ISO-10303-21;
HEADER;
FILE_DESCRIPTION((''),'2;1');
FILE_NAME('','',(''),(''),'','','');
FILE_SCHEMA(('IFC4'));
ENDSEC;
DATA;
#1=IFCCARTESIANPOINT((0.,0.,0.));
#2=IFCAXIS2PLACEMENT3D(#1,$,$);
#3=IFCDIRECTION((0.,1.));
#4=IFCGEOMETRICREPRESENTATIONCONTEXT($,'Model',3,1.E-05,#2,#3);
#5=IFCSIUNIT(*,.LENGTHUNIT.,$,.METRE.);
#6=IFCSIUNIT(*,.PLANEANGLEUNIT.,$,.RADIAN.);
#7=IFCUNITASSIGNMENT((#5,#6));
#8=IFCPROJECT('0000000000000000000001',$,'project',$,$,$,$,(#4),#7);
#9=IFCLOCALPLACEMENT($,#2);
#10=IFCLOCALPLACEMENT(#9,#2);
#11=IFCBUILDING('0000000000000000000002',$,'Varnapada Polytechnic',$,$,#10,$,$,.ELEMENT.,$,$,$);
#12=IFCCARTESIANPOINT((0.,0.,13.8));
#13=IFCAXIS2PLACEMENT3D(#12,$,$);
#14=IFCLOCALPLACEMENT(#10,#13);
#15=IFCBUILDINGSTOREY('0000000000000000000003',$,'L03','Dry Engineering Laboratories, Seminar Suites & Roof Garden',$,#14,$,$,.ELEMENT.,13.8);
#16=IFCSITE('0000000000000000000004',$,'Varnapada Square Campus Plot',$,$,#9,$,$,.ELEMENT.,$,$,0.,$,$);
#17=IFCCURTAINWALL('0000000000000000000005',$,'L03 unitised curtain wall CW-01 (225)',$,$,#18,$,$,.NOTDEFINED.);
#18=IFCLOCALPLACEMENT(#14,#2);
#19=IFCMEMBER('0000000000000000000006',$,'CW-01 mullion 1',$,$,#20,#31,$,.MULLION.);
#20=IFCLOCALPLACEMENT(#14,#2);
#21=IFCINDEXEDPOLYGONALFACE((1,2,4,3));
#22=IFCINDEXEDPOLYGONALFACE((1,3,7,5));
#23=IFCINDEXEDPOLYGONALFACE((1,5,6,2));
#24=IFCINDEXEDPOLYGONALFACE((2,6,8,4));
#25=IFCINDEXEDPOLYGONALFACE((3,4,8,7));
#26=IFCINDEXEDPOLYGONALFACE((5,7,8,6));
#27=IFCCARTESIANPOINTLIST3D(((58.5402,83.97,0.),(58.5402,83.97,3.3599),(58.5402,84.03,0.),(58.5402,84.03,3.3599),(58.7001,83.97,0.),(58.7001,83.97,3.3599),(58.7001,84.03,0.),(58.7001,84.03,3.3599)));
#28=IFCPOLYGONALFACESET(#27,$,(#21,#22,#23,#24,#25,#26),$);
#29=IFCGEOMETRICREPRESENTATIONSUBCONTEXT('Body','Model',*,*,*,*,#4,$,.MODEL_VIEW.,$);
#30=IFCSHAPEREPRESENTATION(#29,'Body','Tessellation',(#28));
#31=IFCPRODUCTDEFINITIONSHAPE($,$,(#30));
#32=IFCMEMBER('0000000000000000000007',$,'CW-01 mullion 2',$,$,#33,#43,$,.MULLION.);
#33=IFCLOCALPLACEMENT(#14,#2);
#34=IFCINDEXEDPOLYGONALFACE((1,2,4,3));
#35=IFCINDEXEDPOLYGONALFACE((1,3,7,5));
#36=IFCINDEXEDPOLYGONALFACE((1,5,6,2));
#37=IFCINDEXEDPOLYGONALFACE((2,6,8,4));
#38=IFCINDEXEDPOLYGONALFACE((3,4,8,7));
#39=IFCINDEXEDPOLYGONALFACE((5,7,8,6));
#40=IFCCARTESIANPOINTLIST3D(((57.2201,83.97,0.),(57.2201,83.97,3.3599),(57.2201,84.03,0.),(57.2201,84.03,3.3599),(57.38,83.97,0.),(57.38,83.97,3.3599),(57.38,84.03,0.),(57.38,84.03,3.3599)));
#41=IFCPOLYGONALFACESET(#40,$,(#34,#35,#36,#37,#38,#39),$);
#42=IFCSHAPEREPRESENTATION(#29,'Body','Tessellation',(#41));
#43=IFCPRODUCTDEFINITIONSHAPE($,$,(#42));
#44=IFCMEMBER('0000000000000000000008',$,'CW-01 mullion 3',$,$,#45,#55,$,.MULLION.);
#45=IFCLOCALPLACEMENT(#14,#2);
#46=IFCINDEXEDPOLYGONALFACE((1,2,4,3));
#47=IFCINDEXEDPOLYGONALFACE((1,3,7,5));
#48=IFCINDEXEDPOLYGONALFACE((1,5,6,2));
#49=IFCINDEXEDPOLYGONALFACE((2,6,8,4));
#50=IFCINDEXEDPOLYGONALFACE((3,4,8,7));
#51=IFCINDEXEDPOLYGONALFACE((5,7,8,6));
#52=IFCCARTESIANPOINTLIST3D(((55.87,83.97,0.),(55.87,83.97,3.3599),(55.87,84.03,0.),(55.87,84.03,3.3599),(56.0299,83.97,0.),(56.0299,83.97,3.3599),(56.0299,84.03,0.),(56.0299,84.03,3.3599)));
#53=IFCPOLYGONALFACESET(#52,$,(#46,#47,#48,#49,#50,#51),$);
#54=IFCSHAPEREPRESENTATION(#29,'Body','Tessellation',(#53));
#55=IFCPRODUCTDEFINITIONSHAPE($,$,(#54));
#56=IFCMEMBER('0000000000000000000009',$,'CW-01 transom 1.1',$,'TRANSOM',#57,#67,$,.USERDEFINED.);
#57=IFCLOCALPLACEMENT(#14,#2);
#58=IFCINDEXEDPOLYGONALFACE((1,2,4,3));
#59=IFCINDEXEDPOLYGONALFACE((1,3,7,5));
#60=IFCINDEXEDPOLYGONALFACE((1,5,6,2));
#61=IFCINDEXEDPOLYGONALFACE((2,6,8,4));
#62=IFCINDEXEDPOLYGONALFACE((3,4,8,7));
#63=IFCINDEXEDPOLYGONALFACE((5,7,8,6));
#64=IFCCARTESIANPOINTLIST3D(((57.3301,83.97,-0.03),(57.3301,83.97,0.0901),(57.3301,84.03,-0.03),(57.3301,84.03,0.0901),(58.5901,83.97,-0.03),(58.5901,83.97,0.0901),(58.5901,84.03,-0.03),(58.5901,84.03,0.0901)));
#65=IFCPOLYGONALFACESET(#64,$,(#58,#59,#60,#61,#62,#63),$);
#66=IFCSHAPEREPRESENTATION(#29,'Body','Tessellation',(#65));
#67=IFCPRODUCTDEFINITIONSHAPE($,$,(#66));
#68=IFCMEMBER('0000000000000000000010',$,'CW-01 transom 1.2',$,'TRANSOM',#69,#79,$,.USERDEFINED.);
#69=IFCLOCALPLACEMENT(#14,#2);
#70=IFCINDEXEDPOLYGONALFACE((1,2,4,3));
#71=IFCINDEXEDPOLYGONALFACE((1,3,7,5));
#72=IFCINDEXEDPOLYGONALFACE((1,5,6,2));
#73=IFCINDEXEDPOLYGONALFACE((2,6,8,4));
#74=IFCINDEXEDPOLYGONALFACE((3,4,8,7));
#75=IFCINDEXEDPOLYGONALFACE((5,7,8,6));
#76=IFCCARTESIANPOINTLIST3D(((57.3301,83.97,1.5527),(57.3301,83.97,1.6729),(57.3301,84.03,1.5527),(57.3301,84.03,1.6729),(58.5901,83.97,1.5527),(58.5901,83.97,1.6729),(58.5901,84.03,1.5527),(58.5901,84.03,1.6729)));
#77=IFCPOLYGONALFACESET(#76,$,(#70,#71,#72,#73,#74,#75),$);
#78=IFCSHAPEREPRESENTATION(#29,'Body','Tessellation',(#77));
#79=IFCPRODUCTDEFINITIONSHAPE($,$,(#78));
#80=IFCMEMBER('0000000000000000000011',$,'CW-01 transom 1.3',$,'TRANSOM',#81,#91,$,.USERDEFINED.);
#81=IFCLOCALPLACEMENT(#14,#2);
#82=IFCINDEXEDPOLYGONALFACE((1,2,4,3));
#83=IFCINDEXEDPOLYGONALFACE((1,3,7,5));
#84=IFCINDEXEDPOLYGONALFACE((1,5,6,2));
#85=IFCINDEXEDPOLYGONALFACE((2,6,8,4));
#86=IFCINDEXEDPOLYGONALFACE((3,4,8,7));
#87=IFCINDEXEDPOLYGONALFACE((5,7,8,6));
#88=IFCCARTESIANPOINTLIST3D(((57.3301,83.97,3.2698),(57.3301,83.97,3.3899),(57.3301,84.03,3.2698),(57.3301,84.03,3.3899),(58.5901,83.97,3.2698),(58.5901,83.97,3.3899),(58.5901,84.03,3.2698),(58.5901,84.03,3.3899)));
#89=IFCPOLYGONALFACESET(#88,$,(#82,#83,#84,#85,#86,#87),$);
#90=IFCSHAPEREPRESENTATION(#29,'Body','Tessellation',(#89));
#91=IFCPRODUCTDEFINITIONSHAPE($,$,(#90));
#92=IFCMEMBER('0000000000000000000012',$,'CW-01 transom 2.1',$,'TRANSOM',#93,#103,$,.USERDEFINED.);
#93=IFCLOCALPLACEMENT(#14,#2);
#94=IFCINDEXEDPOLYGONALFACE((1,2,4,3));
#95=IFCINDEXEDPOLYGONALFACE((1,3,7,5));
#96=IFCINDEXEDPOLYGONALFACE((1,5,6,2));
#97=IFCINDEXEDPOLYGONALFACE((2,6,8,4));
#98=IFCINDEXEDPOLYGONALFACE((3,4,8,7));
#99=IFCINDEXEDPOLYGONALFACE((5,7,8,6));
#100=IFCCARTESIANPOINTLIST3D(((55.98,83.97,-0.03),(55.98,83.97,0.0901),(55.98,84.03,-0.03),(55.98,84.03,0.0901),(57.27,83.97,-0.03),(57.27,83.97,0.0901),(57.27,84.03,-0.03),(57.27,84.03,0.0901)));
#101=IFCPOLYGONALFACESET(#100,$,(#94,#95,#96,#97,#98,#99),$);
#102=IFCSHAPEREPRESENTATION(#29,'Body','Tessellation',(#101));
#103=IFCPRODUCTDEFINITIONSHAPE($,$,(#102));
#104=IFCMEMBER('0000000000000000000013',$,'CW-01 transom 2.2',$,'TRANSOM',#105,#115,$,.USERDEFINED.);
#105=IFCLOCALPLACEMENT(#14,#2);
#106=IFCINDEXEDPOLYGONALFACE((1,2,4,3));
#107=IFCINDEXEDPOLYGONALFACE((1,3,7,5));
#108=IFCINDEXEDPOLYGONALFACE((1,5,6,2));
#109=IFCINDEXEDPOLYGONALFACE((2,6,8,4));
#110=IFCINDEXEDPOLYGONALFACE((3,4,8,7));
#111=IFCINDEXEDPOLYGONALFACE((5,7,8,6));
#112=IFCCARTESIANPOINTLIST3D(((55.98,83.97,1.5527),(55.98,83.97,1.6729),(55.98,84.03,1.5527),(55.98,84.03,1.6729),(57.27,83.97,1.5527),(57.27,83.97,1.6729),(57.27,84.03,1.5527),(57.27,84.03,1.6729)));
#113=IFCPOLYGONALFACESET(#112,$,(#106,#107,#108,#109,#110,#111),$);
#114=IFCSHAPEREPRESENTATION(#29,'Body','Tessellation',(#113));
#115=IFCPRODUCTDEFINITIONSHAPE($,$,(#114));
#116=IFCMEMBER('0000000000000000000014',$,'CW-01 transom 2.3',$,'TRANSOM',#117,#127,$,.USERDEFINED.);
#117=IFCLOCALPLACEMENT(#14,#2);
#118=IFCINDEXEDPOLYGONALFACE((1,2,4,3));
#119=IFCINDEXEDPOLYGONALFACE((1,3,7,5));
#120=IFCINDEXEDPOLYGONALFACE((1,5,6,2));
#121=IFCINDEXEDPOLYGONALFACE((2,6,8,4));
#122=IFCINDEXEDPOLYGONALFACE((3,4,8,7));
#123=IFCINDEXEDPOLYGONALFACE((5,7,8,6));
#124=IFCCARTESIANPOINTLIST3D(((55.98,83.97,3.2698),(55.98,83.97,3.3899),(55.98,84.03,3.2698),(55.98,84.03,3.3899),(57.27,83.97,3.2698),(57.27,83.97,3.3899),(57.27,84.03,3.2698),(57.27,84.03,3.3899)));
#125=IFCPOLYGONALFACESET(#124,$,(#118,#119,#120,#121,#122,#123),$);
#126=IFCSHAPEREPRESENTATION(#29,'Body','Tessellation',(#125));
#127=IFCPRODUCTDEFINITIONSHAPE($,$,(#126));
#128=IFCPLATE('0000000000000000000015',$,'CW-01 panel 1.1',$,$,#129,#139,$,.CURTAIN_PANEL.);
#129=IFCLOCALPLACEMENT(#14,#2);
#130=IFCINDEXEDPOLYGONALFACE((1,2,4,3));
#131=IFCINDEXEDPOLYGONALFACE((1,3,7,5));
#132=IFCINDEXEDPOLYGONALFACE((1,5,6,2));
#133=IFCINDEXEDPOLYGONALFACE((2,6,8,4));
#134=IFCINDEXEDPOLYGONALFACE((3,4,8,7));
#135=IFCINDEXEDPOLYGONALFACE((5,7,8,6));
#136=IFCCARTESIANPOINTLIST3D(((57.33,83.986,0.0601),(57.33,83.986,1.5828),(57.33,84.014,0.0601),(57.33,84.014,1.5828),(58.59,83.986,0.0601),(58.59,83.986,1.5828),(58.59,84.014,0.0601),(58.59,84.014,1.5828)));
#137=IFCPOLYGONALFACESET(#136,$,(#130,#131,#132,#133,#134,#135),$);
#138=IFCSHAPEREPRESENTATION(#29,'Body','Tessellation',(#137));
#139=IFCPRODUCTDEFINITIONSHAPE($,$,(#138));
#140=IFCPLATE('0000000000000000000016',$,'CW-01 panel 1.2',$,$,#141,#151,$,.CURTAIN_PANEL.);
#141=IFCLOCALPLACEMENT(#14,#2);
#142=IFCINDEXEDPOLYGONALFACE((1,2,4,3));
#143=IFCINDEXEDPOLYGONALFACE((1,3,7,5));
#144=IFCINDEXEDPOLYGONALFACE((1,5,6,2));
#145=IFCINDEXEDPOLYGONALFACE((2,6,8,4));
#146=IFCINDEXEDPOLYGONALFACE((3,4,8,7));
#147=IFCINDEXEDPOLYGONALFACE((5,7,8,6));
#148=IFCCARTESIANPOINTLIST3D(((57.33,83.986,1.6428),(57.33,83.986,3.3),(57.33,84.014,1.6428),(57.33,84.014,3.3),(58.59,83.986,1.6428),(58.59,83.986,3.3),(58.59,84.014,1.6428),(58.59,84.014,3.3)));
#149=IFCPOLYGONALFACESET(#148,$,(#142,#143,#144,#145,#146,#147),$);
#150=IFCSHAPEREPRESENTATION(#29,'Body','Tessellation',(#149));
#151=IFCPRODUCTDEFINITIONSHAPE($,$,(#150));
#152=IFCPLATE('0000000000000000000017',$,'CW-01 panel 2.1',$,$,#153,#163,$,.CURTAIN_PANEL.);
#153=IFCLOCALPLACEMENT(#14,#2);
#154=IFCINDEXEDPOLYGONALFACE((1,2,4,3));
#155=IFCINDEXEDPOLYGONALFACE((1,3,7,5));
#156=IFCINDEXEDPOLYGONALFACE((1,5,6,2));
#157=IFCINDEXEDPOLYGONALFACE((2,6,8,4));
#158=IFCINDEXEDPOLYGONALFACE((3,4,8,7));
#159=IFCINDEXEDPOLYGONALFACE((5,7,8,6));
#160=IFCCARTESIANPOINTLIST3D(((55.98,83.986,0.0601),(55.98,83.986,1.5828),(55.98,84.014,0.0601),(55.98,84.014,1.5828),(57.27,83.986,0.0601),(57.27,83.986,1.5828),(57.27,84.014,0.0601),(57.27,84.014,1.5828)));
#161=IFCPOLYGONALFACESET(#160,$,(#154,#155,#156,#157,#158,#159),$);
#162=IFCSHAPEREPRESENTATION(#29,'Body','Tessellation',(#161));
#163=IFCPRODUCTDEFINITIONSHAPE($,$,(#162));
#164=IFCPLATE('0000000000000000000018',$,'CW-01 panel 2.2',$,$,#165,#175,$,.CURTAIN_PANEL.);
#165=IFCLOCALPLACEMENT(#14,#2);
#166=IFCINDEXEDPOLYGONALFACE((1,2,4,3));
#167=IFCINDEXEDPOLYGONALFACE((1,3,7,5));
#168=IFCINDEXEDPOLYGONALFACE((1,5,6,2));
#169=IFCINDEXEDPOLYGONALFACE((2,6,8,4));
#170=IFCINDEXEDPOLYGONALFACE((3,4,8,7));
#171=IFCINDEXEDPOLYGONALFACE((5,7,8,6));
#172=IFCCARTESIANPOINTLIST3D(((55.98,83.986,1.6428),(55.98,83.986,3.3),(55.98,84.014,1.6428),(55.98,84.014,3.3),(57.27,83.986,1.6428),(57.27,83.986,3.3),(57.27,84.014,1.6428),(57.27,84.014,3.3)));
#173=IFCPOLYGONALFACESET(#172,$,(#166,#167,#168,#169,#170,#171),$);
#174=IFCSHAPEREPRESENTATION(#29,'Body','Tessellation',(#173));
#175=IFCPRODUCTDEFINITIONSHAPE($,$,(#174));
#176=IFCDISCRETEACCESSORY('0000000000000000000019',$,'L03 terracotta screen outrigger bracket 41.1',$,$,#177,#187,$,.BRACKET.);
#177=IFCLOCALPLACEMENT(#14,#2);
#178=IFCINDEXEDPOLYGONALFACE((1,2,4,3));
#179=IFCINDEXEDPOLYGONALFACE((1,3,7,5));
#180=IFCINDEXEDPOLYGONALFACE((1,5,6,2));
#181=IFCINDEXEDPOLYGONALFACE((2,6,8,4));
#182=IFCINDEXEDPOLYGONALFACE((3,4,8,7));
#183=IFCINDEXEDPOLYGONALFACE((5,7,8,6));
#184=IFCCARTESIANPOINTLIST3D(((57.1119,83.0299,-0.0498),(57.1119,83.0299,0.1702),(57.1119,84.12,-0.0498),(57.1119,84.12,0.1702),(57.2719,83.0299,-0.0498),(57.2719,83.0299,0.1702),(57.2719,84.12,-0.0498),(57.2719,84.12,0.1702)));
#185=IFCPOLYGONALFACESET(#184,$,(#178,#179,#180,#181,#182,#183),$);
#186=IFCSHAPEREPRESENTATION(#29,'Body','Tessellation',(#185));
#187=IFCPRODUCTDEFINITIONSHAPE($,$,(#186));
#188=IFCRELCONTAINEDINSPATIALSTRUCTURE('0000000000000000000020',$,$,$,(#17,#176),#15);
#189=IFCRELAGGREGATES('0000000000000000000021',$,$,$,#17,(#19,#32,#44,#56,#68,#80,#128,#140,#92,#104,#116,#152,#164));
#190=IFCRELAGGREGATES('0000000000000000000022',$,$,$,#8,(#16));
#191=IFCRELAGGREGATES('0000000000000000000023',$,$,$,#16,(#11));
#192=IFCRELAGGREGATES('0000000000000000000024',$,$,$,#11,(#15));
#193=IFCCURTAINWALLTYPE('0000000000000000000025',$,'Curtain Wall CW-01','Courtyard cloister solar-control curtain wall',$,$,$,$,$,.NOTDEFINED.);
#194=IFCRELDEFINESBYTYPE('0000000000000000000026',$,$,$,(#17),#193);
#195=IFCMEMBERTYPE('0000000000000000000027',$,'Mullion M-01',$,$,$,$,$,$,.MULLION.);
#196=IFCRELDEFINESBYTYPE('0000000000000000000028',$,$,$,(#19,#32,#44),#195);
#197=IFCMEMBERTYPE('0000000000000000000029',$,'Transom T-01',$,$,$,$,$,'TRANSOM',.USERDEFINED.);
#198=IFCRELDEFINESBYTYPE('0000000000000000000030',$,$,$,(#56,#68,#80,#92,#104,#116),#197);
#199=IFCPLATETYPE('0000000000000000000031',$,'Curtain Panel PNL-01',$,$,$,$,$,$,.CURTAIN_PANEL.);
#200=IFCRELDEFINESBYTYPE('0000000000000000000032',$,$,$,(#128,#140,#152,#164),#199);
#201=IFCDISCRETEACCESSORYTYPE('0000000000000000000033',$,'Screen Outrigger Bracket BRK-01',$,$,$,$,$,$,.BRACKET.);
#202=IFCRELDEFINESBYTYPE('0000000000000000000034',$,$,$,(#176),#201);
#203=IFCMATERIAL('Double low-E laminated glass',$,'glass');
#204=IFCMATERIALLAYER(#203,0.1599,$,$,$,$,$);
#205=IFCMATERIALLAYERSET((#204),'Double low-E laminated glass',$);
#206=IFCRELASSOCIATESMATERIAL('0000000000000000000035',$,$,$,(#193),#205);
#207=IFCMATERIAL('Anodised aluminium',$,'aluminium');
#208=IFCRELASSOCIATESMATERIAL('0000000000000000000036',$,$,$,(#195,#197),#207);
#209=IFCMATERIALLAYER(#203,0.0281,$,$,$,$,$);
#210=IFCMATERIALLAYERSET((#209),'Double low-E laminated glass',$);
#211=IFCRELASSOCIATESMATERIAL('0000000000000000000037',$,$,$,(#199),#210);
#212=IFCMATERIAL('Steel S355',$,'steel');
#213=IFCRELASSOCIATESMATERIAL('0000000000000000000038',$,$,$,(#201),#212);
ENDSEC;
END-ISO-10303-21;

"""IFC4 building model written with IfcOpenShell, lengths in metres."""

from ifc_helpers import new_model, si_unit, direction, frame, origin, origin_2d, place, context, subcontext, project, spatial, rectangle, extrude, material, layer, layer_set, material_profile, profile_set, type_object, element, aggregate, save


model = new_model("IFC4")

# Units and contexts
model_context = context("Model", 3, precision=1e-05, world=origin(), true_north=direction((0.0, 1.0)))
body_context = subcontext(model_context, "Body", "Model", "MODEL_VIEW")
ifc_project = project(units=[si_unit("LENGTHUNIT", "METRE"), si_unit("PLANEANGLEUNIT", "RADIAN")], contexts=[model_context])

# Site, building, storey
site_placement = place(None, origin())
site = spatial("IfcSite", under=ifc_project, at=site_placement, Name="Varnapada Square Campus Plot", CompositionType="ELEMENT", RefElevation=0.0)
building_placement = place(site_placement, origin())
building = spatial("IfcBuilding", under=site, at=building_placement, Name="Varnapada Polytechnic", CompositionType="ELEMENT")
storey_placement = place(building_placement, frame((0.0, 0.0, 13.8)))
storey = spatial("IfcBuildingStorey", under=building, at=storey_placement, Name="L03", Description="Dry Engineering Laboratories, Seminar Suites & Roof Garden", CompositionType="ELEMENT", Elevation=13.8)

# Curtain wall, members, plates
ifc_material_1 = material(Name="Double low-E laminated glass", Category="glass")
ifc_layer_1 = layer(ifc_material_1, 0.1599)
ifc_layer_set_1 = layer_set([ifc_layer_1], Name="Double low-E laminated glass")
curtain_wall_type = type_object("IfcCurtainWallType", Name="Curtain Wall CW-01", Description="Courtyard cloister solar-control curtain wall", PredefinedType="NOTDEFINED", material=ifc_layer_set_1)
curtain_wall_placement = place(storey_placement, origin())
curtain_wall = element("IfcCurtainWall", 1, at=curtain_wall_placement, inside=storey, type_object=curtain_wall_type, Name="L03 unitised curtain wall CW-01 (225)", PredefinedType="NOTDEFINED")
ifc_material_2 = material(Name="Anodised aluminium", Category="aluminium")
ifc_material_profile_1 = material_profile(ifc_material_2, rectangle(XDim=0.0601, YDim=0.1599, at=origin_2d()), Name="ALU M60x160")
ifc_profile_set_1 = profile_set([ifc_material_profile_1], Name="Anodised aluminium")
member_type_1 = type_object("IfcMemberType", Name="Mullion M-01", PredefinedType="MULLION", material=ifc_profile_set_1)
member_1_placement = place(storey_placement, frame((58.6201, 84.0, 0.0), z_axis=(0.0, 0.0, 1.0), x_axis=(0.0, -1.0, 0.0)))
member_1 = element("IfcMember", 2, at=member_1_placement, type_object=member_type_1, Name="CW-01 mullion 1", PredefinedType="MULLION", context=body_context, shape_type="SweptSolid", body=[
    extrude(rectangle(XDim=0.0601, YDim=0.1599, at=origin_2d()), origin(), (0.0, 0.0, 1.0), 3.3599),
])
member_2_placement = place(storey_placement, frame((57.3, 84.0, 0.0), z_axis=(0.0, 0.0, 1.0), x_axis=(0.0, -1.0, 0.0)))
member_2 = element("IfcMember", 3, at=member_2_placement, type_object=member_type_1, Name="CW-01 mullion 2", PredefinedType="MULLION", context=body_context, shape_type="SweptSolid", body=[
    extrude(rectangle(XDim=0.0601, YDim=0.1599, at=origin_2d()), origin(), (0.0, 0.0, 1.0), 3.3599),
])
member_3_placement = place(storey_placement, frame((55.95, 84.0, 0.0), z_axis=(0.0, 0.0, 1.0), x_axis=(0.0, -1.0, 0.0)))
member_3 = element("IfcMember", 4, at=member_3_placement, type_object=member_type_1, Name="CW-01 mullion 3", PredefinedType="MULLION", context=body_context, shape_type="SweptSolid", body=[
    extrude(rectangle(XDim=0.0601, YDim=0.1599, at=origin_2d()), origin(), (0.0, 0.0, 1.0), 3.3599),
])
ifc_material_profile_2 = material_profile(ifc_material_2, rectangle(XDim=0.0601, YDim=0.1201, at=origin_2d()), Name="ALU T60x120")
ifc_profile_set_2 = profile_set([ifc_material_profile_2], Name="Anodised aluminium")
member_type_2 = type_object("IfcMemberType", Name="Transom T-01", ElementType="TRANSOM", PredefinedType="USERDEFINED", material=ifc_profile_set_2)
member_4_placement = place(storey_placement, frame((58.5901, 84.0, 0.03), z_axis=(-1.0, 0.0, 0.0), x_axis=(0.0, -1.0, 0.0)))
member_4 = element("IfcMember", 5, at=member_4_placement, type_object=member_type_2, Name="CW-01 transom 1.1", ObjectType="TRANSOM", PredefinedType="USERDEFINED", context=body_context, shape_type="SweptSolid", body=[
    extrude(rectangle(XDim=0.0601, YDim=0.1201, at=origin_2d()), origin(), (0.0, 0.0, 1.0), 1.26),
])
member_5_placement = place(storey_placement, frame((58.5901, 84.0, 1.6128), z_axis=(-1.0, 0.0, 0.0), x_axis=(0.0, -1.0, 0.0)))
member_5 = element("IfcMember", 6, at=member_5_placement, type_object=member_type_2, Name="CW-01 transom 1.2", ObjectType="TRANSOM", PredefinedType="USERDEFINED", context=body_context, shape_type="SweptSolid", body=[
    extrude(rectangle(XDim=0.0601, YDim=0.1201, at=origin_2d()), origin(), (0.0, 0.0, 1.0), 1.26),
])
member_6_placement = place(storey_placement, frame((58.5901, 84.0, 3.3298), z_axis=(-1.0, 0.0, 0.0), x_axis=(0.0, -1.0, 0.0)))
member_6 = element("IfcMember", 7, at=member_6_placement, type_object=member_type_2, Name="CW-01 transom 1.3", ObjectType="TRANSOM", PredefinedType="USERDEFINED", context=body_context, shape_type="SweptSolid", body=[
    extrude(rectangle(XDim=0.0601, YDim=0.1201, at=origin_2d()), origin(), (0.0, 0.0, 1.0), 1.26),
])
member_7_placement = place(storey_placement, frame((57.27, 84.0, 0.03), z_axis=(-1.0, 0.0, 0.0), x_axis=(0.0, -1.0, 0.0)))
member_7 = element("IfcMember", 8, at=member_7_placement, type_object=member_type_2, Name="CW-01 transom 2.1", ObjectType="TRANSOM", PredefinedType="USERDEFINED", context=body_context, shape_type="SweptSolid", body=[
    extrude(rectangle(XDim=0.0601, YDim=0.1201, at=origin_2d()), origin(), (0.0, 0.0, 1.0), 1.29),
])
member_8_placement = place(storey_placement, frame((57.27, 84.0, 1.6128), z_axis=(-1.0, 0.0, 0.0), x_axis=(0.0, -1.0, 0.0)))
member_8 = element("IfcMember", 9, at=member_8_placement, type_object=member_type_2, Name="CW-01 transom 2.2", ObjectType="TRANSOM", PredefinedType="USERDEFINED", context=body_context, shape_type="SweptSolid", body=[
    extrude(rectangle(XDim=0.0601, YDim=0.1201, at=origin_2d()), origin(), (0.0, 0.0, 1.0), 1.29),
])
member_9_placement = place(storey_placement, frame((57.27, 84.0, 3.3298), z_axis=(-1.0, 0.0, 0.0), x_axis=(0.0, -1.0, 0.0)))
member_9 = element("IfcMember", 10, at=member_9_placement, type_object=member_type_2, Name="CW-01 transom 2.3", ObjectType="TRANSOM", PredefinedType="USERDEFINED", context=body_context, shape_type="SweptSolid", body=[
    extrude(rectangle(XDim=0.0601, YDim=0.1201, at=origin_2d()), origin(), (0.0, 0.0, 1.0), 1.29),
])
ifc_layer_2 = layer(ifc_material_1, 0.0281)
ifc_layer_set_2 = layer_set([ifc_layer_2], Name="Double low-E laminated glass")
plate_type = type_object("IfcPlateType", Name="Curtain Panel PNL-01", PredefinedType="CURTAIN_PANEL", material=ifc_layer_set_2)
plate_1_placement = place(storey_placement, frame((57.96, 84.0, 0.0601), z_axis=(0.0, 0.0, 1.0), x_axis=(-1.0, 0.0, 0.0)))
plate_1 = element("IfcPlate", 11, at=plate_1_placement, type_object=plate_type, Name="CW-01 panel 1.1", PredefinedType="CURTAIN_PANEL", context=body_context, shape_type="SweptSolid", body=[
    extrude(rectangle(XDim=1.26, YDim=0.0281, at=origin_2d()), origin(), (0.0, 0.0, 1.0), 1.5227),
])
plate_2_placement = place(storey_placement, frame((57.96, 84.0, 1.6428), z_axis=(0.0, 0.0, 1.0), x_axis=(-1.0, 0.0, 0.0)))
plate_2 = element("IfcPlate", 12, at=plate_2_placement, type_object=plate_type, Name="CW-01 panel 1.2", PredefinedType="CURTAIN_PANEL", context=body_context, shape_type="SweptSolid", body=[
    extrude(rectangle(XDim=1.26, YDim=0.0281, at=origin_2d()), origin(), (0.0, 0.0, 1.0), 1.6572),
])
plate_3_placement = place(storey_placement, frame((56.625, 84.0, 0.0601), z_axis=(0.0, 0.0, 1.0), x_axis=(-1.0, 0.0, 0.0)))
plate_3 = element("IfcPlate", 13, at=plate_3_placement, type_object=plate_type, Name="CW-01 panel 2.1", PredefinedType="CURTAIN_PANEL", context=body_context, shape_type="SweptSolid", body=[
    extrude(rectangle(XDim=1.29, YDim=0.0281, at=origin_2d()), origin(), (0.0, 0.0, 1.0), 1.5227),
])
plate_4_placement = place(storey_placement, frame((56.625, 84.0, 1.6428), z_axis=(0.0, 0.0, 1.0), x_axis=(-1.0, 0.0, 0.0)))
plate_4 = element("IfcPlate", 14, at=plate_4_placement, type_object=plate_type, Name="CW-01 panel 2.2", PredefinedType="CURTAIN_PANEL", context=body_context, shape_type="SweptSolid", body=[
    extrude(rectangle(XDim=1.29, YDim=0.0281, at=origin_2d()), origin(), (0.0, 0.0, 1.0), 1.6572),
])
aggregate(curtain_wall, [member_1, member_2, member_3, member_4, member_5, member_6, plate_1, plate_2, member_7, member_8, member_9, plate_3, plate_4])

# Discrete accessory
ifc_material_3 = material(Name="Steel S355", Category="steel")
discrete_accessory_type = type_object("IfcDiscreteAccessoryType", Name="Screen Outrigger Bracket BRK-01", PredefinedType="BRACKET", material=ifc_material_3)
discrete_accessory_placement = place(storey_placement, frame((57.1919, 83.575, -0.0498), z_axis=(0.0, 0.0, 1.0), x_axis=(-1.0, 0.0, 0.0)))
element("IfcDiscreteAccessory", 15, at=discrete_accessory_placement, inside=storey, type_object=discrete_accessory_type, Name="L03 terracotta screen outrigger bracket 41.1", PredefinedType="BRACKET", context=body_context, shape_type="SweptSolid", body=[
    extrude(rectangle(XDim=0.1599, YDim=1.0901, at=origin_2d()), origin(), (0.0, 0.0, 1.0), 0.22),
])

save(model, "model.ifc")
